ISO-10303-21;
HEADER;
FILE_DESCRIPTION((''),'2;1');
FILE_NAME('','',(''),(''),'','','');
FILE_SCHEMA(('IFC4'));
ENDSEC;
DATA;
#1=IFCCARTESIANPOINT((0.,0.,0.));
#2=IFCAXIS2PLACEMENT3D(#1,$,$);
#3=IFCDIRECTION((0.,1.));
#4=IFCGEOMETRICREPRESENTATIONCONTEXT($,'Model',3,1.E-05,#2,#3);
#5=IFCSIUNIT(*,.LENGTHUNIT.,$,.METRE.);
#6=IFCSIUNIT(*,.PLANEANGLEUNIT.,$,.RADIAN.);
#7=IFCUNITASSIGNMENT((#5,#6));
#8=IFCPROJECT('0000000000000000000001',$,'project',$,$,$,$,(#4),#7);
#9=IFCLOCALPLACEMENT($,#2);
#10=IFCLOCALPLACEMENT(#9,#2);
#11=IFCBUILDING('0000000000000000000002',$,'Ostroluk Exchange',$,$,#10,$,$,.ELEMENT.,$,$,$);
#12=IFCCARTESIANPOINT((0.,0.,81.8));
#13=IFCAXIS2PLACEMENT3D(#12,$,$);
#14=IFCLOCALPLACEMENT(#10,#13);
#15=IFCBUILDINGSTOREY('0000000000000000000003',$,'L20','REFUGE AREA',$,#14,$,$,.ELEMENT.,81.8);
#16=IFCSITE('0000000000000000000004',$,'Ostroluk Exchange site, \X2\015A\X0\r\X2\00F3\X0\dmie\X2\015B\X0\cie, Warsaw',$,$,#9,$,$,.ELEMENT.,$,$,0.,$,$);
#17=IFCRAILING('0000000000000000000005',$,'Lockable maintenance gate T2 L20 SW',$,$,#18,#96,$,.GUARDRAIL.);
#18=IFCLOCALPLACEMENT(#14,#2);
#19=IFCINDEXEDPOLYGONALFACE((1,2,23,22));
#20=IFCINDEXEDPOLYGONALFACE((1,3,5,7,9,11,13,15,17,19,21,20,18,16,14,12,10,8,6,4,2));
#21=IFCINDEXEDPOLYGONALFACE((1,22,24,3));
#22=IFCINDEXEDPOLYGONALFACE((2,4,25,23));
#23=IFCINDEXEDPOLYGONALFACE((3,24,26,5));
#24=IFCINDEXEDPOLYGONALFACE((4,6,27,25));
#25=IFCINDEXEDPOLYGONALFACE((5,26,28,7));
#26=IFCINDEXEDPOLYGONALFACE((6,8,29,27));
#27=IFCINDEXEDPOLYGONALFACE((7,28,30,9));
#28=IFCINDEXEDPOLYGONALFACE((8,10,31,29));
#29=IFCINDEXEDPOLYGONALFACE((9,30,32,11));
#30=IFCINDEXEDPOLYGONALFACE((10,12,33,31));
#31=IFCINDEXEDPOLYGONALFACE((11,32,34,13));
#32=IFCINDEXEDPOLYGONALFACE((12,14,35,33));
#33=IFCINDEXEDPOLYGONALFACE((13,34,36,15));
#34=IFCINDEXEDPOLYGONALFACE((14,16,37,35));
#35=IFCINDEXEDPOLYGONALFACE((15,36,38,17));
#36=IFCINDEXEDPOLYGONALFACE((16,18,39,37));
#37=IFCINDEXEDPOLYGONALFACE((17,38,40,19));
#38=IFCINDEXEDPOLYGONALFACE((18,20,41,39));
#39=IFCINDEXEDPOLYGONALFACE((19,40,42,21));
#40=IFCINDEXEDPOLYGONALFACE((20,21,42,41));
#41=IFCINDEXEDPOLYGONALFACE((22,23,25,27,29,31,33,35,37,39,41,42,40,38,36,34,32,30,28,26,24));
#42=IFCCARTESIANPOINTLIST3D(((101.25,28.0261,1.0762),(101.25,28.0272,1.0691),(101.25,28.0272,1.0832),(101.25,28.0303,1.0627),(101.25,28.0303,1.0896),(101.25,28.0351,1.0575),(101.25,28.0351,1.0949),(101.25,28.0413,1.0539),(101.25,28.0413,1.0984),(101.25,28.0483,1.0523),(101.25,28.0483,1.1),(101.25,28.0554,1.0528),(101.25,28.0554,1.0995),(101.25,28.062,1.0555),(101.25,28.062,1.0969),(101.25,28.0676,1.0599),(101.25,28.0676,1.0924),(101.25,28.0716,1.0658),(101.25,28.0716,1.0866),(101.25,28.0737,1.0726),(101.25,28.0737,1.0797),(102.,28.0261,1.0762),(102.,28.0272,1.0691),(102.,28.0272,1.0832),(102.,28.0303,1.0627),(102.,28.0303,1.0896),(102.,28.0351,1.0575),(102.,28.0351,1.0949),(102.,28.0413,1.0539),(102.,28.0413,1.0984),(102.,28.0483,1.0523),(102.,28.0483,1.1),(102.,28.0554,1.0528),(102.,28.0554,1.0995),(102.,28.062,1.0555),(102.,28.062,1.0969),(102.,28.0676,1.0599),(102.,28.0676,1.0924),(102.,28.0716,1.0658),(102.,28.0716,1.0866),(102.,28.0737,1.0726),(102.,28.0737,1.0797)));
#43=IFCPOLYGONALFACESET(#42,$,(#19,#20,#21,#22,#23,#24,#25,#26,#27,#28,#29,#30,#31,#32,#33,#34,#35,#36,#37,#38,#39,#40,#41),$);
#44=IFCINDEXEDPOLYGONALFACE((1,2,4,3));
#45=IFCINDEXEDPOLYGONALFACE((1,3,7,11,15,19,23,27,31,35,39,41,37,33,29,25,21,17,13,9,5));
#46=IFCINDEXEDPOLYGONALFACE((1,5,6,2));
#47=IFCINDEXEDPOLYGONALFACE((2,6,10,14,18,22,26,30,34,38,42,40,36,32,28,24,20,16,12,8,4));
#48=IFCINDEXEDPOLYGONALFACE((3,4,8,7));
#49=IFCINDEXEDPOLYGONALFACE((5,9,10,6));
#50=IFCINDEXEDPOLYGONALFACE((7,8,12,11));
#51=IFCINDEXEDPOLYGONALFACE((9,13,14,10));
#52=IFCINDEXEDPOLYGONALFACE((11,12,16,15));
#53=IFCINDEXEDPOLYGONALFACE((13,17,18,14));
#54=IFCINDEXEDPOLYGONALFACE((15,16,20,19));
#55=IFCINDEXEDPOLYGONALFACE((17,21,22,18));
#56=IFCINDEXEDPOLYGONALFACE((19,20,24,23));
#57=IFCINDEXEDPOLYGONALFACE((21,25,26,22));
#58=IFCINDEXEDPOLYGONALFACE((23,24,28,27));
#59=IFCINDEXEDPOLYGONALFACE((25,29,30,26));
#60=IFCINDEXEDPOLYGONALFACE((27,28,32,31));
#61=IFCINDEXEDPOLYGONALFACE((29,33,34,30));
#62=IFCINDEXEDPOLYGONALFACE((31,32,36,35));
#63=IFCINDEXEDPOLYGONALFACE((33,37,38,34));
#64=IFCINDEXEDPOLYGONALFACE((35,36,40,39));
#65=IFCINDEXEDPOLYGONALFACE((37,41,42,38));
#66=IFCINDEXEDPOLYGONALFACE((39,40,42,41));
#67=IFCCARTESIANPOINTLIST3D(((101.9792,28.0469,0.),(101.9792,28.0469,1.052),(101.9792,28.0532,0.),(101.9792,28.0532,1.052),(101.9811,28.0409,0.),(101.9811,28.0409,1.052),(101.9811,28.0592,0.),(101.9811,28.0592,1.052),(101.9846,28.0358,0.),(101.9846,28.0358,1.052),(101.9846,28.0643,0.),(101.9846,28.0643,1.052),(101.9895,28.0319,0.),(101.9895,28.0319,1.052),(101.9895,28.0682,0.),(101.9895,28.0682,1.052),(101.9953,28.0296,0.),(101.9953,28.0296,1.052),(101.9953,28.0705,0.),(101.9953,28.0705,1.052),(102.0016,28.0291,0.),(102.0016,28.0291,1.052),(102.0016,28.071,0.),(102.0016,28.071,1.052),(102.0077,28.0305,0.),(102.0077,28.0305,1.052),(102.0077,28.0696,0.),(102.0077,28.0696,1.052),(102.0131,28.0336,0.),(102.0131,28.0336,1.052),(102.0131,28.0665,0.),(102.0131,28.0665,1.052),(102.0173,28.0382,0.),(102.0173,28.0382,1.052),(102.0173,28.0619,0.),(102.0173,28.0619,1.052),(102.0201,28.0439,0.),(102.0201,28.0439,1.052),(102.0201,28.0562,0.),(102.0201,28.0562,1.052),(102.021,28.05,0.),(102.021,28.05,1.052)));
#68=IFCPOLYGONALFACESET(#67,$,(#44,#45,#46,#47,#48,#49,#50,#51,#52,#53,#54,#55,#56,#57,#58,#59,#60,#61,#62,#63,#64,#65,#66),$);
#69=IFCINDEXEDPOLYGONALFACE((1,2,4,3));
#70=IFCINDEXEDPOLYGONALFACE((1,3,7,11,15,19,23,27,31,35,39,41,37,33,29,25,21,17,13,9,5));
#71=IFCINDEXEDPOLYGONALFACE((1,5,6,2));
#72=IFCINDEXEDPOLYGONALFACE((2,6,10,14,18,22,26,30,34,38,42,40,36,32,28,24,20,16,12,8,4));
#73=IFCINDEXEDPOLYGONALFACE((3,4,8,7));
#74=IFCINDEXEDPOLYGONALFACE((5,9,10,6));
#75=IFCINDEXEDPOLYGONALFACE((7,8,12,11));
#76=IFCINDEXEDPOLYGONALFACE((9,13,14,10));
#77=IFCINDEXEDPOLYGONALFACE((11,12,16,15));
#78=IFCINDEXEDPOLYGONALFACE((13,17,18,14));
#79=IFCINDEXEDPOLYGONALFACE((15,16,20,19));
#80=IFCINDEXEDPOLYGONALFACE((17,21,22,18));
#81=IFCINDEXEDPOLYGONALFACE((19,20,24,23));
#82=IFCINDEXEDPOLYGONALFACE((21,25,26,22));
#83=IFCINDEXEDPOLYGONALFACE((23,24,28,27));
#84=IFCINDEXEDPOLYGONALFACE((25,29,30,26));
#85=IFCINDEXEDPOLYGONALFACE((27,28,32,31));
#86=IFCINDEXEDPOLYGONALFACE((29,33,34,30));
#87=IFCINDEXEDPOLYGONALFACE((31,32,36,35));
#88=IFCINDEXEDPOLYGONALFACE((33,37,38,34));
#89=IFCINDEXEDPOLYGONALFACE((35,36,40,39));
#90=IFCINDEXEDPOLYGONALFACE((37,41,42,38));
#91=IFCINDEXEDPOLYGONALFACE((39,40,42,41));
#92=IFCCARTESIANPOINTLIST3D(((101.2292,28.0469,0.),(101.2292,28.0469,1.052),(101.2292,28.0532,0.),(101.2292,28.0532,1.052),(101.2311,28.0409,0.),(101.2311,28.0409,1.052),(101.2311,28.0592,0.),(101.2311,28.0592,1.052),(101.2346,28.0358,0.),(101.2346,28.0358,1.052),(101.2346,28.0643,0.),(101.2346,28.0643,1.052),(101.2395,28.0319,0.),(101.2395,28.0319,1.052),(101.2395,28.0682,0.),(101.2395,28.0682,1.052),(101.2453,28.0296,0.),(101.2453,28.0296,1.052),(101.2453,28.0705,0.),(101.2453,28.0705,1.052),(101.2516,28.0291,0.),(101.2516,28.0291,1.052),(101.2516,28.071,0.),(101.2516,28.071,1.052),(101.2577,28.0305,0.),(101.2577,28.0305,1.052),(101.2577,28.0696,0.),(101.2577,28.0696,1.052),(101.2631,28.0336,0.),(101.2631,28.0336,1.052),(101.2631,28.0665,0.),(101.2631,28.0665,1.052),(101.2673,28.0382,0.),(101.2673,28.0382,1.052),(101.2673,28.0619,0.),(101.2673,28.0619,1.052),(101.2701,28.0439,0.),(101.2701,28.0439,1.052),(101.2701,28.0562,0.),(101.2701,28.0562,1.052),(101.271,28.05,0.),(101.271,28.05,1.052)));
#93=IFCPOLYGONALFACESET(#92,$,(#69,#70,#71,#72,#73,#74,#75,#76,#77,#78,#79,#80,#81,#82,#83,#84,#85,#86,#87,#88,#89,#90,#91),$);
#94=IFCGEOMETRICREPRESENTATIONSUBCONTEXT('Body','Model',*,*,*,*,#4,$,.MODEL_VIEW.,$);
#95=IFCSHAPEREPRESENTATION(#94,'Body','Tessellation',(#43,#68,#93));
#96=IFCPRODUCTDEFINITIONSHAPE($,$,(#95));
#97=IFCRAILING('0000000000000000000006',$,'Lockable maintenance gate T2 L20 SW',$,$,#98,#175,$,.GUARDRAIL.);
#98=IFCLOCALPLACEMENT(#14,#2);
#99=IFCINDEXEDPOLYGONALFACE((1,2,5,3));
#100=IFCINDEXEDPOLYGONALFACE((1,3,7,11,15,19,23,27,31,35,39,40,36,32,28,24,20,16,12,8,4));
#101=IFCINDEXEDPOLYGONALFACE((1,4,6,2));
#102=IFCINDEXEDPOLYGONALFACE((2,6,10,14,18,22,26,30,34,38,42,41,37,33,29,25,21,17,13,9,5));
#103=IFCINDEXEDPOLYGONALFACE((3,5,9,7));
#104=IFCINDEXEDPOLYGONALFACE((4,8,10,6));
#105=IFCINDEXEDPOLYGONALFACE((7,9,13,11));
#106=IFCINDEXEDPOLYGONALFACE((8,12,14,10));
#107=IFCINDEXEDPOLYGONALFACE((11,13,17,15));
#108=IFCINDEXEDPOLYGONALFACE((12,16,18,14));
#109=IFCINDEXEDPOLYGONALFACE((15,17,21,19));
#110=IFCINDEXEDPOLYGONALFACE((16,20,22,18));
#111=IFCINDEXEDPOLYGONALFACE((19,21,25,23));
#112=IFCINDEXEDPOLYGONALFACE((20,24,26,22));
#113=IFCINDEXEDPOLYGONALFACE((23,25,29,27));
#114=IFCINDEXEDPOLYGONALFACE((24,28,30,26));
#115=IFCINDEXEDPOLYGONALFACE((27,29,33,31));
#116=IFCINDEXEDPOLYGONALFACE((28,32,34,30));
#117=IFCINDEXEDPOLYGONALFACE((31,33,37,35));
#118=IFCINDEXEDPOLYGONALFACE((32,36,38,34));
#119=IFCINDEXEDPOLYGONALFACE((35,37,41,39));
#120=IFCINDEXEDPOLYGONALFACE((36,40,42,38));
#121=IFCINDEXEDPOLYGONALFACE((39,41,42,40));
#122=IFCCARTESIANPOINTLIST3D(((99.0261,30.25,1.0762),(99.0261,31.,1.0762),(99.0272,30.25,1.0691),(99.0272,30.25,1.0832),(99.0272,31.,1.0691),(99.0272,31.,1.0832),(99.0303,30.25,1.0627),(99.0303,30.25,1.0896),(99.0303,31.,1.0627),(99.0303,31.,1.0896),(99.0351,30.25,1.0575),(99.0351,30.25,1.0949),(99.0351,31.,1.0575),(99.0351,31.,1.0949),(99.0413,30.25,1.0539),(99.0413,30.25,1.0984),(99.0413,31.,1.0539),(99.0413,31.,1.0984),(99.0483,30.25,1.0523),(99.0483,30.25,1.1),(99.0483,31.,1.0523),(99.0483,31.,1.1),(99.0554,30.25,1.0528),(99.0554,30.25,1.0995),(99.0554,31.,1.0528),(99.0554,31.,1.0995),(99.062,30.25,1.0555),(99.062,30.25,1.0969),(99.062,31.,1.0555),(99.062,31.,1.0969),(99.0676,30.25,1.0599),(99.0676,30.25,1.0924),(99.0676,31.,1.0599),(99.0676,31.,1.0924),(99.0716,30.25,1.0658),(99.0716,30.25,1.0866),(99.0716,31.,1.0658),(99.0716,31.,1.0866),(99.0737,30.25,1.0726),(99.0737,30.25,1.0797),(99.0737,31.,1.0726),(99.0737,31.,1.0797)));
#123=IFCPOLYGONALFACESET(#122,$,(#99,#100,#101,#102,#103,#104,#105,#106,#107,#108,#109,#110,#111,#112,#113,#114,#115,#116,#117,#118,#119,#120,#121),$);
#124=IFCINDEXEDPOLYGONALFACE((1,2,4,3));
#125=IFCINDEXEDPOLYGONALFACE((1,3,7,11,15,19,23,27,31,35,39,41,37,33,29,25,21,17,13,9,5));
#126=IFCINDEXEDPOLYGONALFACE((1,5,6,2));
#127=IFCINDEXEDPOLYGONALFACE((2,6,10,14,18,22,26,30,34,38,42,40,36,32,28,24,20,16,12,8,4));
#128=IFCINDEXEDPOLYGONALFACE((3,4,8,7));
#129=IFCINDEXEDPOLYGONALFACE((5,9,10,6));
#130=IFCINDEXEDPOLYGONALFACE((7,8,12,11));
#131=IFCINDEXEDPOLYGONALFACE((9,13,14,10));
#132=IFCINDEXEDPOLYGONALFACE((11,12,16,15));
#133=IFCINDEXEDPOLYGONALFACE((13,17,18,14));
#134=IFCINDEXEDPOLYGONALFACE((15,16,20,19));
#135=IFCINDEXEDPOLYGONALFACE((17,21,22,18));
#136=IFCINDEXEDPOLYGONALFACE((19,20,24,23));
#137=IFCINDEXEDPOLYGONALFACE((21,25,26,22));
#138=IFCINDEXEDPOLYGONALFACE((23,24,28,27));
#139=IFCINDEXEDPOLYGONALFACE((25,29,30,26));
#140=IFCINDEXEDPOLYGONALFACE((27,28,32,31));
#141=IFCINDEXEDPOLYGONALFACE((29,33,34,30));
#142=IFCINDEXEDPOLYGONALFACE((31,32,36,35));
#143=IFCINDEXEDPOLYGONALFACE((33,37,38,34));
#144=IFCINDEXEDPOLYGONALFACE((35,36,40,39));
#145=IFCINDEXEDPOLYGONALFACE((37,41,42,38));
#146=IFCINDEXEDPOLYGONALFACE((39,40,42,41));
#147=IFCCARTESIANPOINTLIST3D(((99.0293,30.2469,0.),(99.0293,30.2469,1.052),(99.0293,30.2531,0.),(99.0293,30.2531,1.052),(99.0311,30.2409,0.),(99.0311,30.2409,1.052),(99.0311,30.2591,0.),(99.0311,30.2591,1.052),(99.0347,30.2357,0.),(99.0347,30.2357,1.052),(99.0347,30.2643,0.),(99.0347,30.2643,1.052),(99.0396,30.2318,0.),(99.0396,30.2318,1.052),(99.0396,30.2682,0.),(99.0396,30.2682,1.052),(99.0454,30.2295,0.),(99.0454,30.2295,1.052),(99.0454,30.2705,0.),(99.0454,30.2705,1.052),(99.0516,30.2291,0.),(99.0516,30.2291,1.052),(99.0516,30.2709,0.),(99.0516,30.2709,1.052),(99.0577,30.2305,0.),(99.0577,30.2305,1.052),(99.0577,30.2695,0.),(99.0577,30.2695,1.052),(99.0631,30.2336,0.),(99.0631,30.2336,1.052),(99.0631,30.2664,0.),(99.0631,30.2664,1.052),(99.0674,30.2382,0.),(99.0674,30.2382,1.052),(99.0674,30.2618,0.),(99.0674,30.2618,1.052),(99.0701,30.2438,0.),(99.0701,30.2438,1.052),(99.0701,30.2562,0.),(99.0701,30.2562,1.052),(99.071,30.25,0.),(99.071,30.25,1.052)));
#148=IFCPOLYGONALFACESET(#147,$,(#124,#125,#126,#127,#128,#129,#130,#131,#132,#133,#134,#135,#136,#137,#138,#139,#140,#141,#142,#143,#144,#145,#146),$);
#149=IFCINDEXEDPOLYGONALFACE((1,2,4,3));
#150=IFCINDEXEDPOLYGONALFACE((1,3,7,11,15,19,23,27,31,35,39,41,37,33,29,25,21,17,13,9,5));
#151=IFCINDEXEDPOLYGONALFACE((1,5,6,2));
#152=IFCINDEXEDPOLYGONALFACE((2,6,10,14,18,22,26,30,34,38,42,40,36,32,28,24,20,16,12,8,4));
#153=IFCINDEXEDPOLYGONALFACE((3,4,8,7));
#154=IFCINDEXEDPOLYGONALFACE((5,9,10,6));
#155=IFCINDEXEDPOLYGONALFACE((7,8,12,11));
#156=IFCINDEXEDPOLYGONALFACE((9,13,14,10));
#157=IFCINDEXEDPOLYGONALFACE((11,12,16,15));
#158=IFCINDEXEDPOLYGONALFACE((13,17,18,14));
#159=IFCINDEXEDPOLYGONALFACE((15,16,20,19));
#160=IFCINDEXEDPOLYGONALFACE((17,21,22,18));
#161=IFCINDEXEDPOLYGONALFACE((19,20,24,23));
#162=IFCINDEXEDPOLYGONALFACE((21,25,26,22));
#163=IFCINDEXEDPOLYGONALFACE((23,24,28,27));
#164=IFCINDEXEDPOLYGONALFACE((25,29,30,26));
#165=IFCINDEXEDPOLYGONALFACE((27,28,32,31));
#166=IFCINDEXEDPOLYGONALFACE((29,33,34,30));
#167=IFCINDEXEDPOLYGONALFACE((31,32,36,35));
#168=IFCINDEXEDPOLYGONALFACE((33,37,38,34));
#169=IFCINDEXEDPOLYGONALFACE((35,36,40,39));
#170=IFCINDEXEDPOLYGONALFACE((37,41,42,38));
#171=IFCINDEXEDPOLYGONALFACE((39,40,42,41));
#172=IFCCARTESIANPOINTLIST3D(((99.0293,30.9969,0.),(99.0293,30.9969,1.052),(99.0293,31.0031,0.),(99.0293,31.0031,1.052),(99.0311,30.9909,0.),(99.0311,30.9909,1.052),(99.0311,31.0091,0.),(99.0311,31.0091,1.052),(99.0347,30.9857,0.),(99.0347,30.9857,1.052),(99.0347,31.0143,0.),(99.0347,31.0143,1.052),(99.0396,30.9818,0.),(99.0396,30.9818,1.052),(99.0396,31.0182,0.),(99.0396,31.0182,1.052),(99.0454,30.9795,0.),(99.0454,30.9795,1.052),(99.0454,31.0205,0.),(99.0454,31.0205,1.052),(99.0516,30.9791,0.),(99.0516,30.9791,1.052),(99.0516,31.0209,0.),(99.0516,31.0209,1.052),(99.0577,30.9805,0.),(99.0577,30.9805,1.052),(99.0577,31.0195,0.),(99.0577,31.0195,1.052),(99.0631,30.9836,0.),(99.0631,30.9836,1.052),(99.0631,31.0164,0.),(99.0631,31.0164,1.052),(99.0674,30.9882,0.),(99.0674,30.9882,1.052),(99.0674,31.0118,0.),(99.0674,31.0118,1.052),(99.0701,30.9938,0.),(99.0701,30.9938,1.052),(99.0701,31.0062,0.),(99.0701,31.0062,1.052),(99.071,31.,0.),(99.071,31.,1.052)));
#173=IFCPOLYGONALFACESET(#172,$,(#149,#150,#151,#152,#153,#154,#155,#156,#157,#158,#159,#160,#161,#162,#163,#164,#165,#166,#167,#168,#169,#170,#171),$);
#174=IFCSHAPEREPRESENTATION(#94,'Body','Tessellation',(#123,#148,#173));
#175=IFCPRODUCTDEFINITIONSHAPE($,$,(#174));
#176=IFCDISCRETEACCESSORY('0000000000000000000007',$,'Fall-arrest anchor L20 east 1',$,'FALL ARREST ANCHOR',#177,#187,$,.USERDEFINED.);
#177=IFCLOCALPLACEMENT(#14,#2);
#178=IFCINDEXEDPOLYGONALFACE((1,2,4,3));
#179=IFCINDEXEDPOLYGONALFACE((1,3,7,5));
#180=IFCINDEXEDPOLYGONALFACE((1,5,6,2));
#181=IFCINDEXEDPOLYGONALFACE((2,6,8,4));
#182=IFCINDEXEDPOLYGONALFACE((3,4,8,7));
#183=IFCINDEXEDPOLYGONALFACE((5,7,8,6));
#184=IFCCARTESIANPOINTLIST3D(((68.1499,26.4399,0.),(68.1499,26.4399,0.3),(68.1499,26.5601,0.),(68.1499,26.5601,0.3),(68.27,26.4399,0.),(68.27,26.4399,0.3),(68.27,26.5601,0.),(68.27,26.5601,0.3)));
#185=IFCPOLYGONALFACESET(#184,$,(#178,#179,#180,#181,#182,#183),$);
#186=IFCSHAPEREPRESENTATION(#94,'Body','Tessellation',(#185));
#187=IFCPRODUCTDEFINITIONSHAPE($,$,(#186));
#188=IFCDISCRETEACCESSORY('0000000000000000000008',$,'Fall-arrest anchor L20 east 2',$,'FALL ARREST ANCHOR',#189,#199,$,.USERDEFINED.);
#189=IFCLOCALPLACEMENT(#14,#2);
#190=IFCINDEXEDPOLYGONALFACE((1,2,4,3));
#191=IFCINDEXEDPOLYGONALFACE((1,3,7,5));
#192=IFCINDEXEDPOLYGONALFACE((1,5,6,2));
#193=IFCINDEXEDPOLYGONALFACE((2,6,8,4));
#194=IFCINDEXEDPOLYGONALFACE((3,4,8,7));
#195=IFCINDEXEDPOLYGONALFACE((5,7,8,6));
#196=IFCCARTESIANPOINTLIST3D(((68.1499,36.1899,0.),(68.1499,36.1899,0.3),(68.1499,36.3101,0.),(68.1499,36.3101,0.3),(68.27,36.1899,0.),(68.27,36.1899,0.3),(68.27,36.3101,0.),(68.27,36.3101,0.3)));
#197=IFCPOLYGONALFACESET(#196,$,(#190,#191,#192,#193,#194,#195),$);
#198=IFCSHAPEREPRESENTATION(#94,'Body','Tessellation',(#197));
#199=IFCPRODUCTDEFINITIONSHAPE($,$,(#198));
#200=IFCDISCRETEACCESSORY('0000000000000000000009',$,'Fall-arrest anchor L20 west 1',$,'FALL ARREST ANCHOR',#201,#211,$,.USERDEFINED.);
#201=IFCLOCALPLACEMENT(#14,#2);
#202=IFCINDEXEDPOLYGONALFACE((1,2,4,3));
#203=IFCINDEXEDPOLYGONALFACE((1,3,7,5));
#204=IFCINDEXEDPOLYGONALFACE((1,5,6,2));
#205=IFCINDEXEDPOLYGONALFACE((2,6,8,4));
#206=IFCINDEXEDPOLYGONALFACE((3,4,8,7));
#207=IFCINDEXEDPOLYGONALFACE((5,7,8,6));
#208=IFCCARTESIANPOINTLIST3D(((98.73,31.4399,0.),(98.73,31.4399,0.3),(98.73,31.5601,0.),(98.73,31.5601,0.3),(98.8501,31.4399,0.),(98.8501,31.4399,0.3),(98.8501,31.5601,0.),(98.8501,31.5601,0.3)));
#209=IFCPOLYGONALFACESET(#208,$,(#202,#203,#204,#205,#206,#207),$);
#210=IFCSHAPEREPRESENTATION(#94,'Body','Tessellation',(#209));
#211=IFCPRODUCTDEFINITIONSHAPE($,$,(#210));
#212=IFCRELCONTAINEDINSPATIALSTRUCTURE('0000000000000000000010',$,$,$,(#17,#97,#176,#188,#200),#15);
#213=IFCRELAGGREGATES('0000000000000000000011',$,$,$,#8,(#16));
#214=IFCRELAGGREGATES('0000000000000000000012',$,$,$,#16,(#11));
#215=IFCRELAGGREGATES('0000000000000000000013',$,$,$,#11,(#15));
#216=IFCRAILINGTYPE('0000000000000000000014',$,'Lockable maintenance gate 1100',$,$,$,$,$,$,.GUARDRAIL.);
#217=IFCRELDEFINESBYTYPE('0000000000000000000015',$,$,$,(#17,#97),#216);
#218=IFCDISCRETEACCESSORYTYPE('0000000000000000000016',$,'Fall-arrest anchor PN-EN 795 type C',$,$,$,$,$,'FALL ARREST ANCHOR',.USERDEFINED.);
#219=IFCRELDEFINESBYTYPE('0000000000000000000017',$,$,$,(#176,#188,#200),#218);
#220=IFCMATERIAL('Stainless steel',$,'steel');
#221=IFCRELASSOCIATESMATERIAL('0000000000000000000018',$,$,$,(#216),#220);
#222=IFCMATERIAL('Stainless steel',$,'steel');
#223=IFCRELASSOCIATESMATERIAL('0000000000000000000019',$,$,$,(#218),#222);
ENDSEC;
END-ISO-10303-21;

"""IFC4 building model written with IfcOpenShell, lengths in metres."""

from ifc_helpers import new_model, si_unit, direction, frame, origin, origin_2d, place, context, subcontext, project, spatial, rectangle, circle, extrude, material, type_object, element, save


model = new_model("IFC4")

# Units and contexts
model_context = context("Model", 3, precision=1e-05, world=origin(), true_north=direction((0.0, 1.0)))
body_context = subcontext(model_context, "Body", "Model", "MODEL_VIEW")
ifc_project = project(units=[si_unit("LENGTHUNIT", "METRE"), si_unit("PLANEANGLEUNIT", "RADIAN")], contexts=[model_context])

# Site, building, storey
site_placement = place(None, origin())
site = spatial("IfcSite", under=ifc_project, at=site_placement, Name="Ostroluk Exchange site, Śródmieście, Warsaw", CompositionType="ELEMENT", RefElevation=0.0)
building_placement = place(site_placement, origin())
building = spatial("IfcBuilding", under=site, at=building_placement, Name="Ostroluk Exchange", CompositionType="ELEMENT")
storey_placement = place(building_placement, frame((0.0, 0.0, 81.8)))
storey = spatial("IfcBuildingStorey", under=building, at=storey_placement, Name="L20", Description="REFUGE AREA", CompositionType="ELEMENT", Elevation=81.8)

# Railings
ifc_material_1 = material(Name="Stainless steel", Category="steel")
railing_type_1 = type_object("IfcRailingType", Name="Lockable maintenance gate 1100", PredefinedType="GUARDRAIL", material=ifc_material_1)
railing_1_placement = place(storey_placement, frame((102.0, 28.05, 0.0)))
element("IfcRailing", 1, at=railing_1_placement, inside=storey, type_object=railing_type_1, Name="Lockable maintenance gate T2 L20 SW", PredefinedType="GUARDRAIL", context=body_context, shape_type="SweptSolid", body=[
    extrude(circle(Radius=0.0239, at=origin_2d()), frame((0.0, 0.0, 1.0762), z_axis=(-1.0, 0.0, 0.0), x_axis=(0.0, -1.0, 0.0)), (0.0, 0.0, 1.0), 0.75),
    extrude(circle(Radius=0.021, at=origin_2d()), origin(), (0.0, 0.0, 1.0), 1.052),
    extrude(circle(Radius=0.021, at=origin_2d()), frame((-0.75, 0.0, 0.0)), (0.0, 0.0, 1.0), 1.052),
])
railing_2_placement = place(storey_placement, frame((99.05, 30.25, 0.0)))
element("IfcRailing", 2, at=railing_2_placement, inside=storey, type_object=railing_type_1, Name="Lockable maintenance gate T2 L20 SW", PredefinedType="GUARDRAIL", context=body_context, shape_type="SweptSolid", body=[
    extrude(circle(Radius=0.0239, at=origin_2d()), frame((0.0, 0.0, 1.0762), z_axis=(0.0, 1.0, 0.0), x_axis=(-1.0, 0.0, 0.0)), (0.0, 0.0, 1.0), 0.75),
    extrude(circle(Radius=0.021, at=origin_2d()), origin(), (0.0, 0.0, 1.0), 1.052),
    extrude(circle(Radius=0.021, at=origin_2d()), frame((0.0, 0.75, 0.0)), (0.0, 0.0, 1.0), 1.052),
])

# Discrete accessories
ifc_material_2 = material(Name="Stainless steel", Category="steel")
discrete_accessory_type = type_object("IfcDiscreteAccessoryType", Name="Fall-arrest anchor PN-EN 795 type C", ElementType="FALL ARREST ANCHOR", PredefinedType="USERDEFINED", material=ifc_material_2)
for number, where, z_axis, x_axis, name in (
    (3, (68.21, 26.5, 0.0), (0.0, 0.0, 1.0), (1.0, 0.0, 0.0), "Fall-arrest anchor L20 east 1"),
    (4, (68.21, 36.25, 0.0), (0.0, 0.0, 1.0), (1.0, 0.0, 0.0), "Fall-arrest anchor L20 east 2"),
    (5, (98.79, 31.5, 0.0), (0.0, 0.0, 1.0), (1.0, 0.0, 0.0), "Fall-arrest anchor L20 west 1"),
):
    element("IfcDiscreteAccessory", number, at=place(storey_placement, frame(where, z_axis=z_axis, x_axis=x_axis)), inside=storey, type_object=discrete_accessory_type, Name=name, ObjectType="FALL ARREST ANCHOR", PredefinedType="USERDEFINED", context=body_context, shape_type="SweptSolid", body=[
        extrude(rectangle(XDim=0.1201, YDim=0.1201, at=origin_2d()), origin(), (0.0, 0.0, 1.0), 0.3),
    ])

save(model, "model.ifc")
